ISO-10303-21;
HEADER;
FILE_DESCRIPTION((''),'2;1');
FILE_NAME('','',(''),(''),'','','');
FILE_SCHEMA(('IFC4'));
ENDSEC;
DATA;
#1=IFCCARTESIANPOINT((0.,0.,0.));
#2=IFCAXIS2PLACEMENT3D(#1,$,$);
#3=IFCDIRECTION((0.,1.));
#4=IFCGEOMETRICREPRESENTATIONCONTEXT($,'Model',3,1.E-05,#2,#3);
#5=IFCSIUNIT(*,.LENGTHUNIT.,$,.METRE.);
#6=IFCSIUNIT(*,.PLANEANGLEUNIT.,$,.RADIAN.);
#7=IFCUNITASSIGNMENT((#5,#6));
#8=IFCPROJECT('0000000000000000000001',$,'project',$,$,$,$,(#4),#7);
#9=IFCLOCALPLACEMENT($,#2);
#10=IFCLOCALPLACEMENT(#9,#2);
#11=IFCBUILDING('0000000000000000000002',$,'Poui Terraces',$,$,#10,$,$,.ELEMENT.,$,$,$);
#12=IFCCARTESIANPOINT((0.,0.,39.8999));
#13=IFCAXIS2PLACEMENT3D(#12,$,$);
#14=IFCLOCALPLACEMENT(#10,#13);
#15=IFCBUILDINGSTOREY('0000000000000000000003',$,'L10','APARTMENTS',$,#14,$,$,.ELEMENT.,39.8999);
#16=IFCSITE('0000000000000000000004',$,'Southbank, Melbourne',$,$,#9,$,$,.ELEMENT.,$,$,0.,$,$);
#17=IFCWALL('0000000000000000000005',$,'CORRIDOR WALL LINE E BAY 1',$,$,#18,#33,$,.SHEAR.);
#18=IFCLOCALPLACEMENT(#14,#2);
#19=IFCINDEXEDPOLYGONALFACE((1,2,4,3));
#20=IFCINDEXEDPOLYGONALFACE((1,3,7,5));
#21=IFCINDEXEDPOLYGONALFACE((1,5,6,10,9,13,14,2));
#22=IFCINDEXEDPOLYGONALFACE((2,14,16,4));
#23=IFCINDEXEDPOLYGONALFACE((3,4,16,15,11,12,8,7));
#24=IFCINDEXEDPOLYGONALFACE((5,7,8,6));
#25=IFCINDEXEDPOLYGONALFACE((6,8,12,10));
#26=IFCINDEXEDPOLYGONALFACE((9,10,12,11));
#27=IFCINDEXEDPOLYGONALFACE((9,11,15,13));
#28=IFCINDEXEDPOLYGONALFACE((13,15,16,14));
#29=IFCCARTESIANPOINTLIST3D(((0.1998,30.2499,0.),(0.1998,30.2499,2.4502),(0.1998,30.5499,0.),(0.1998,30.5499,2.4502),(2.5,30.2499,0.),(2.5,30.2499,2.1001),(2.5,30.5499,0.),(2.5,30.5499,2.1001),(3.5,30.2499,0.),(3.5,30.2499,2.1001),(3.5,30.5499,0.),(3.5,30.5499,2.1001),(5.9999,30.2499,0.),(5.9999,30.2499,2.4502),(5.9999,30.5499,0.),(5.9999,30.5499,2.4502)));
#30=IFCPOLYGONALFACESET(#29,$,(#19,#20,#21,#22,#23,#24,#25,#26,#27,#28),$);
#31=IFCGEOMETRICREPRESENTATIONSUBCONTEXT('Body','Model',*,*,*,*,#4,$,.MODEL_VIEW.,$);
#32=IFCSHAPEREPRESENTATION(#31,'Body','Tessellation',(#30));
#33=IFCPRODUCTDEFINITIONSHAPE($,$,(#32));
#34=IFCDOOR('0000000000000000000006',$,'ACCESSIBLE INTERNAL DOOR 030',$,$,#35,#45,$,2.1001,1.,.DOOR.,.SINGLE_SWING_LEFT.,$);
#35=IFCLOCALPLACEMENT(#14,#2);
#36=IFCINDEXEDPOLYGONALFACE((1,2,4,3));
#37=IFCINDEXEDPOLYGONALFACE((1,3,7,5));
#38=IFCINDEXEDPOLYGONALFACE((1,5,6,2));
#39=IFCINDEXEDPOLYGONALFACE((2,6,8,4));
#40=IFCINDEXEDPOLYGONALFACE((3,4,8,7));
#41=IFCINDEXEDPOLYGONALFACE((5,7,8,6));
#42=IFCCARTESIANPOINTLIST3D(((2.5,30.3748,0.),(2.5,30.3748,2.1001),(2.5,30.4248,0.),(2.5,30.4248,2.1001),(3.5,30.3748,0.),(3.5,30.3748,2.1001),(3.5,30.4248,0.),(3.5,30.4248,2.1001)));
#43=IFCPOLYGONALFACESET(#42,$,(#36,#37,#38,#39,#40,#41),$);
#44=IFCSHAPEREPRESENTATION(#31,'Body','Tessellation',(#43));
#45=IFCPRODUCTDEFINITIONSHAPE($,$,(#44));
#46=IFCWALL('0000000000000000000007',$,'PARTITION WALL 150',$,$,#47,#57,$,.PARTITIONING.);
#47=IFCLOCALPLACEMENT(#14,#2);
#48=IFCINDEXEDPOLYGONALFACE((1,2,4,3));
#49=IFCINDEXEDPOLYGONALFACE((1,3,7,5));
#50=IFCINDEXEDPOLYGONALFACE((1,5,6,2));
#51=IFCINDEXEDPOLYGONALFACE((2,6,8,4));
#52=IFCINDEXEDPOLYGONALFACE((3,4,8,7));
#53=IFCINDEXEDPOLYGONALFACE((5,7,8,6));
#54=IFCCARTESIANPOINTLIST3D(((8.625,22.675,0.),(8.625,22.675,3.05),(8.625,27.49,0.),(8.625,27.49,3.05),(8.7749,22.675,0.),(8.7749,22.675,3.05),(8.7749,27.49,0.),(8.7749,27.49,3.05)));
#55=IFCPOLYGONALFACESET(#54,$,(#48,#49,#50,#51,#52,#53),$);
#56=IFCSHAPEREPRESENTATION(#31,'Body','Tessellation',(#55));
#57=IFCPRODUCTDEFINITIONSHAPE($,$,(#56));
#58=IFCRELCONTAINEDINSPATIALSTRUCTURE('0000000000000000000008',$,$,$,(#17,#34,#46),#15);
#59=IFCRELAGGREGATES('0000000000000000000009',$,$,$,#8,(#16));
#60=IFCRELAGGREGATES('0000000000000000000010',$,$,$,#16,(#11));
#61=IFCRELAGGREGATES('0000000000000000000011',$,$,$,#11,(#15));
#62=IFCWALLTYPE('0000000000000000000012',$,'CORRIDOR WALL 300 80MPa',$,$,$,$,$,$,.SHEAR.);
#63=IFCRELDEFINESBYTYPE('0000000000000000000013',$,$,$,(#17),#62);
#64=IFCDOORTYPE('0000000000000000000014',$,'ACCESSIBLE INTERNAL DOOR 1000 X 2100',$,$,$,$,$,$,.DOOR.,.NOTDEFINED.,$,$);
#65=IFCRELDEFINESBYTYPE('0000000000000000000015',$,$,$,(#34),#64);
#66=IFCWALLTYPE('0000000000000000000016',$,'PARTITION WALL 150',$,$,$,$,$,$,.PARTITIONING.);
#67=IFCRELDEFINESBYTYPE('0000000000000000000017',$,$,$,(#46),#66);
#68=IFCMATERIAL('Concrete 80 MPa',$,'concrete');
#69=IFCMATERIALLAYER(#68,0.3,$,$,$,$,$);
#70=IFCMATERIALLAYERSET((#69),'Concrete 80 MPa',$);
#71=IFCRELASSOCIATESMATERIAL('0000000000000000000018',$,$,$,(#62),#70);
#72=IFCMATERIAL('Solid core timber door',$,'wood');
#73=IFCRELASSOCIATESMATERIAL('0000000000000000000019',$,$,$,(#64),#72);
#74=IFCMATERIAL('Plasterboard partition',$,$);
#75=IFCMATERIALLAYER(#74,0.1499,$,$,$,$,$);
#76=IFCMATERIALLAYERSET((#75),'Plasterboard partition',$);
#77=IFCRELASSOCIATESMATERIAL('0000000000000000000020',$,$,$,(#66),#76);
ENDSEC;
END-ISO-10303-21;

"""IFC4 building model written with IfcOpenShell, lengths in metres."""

from ifc_helpers import new_model, si_unit, direction, frame, frame_2d, origin, place, context, subcontext, project, spatial, rectangle, extrude, material, layer, layer_set, type_object, element, fill, save


model = new_model("IFC4")

# Units and contexts
model_context = context("Model", 3, precision=1e-05, world=origin(), true_north=direction((0.0, 1.0)))
body_context = subcontext(model_context, "Body", "Model", "MODEL_VIEW")
ifc_project = project(units=[si_unit("LENGTHUNIT", "METRE"), si_unit("PLANEANGLEUNIT", "RADIAN")], contexts=[model_context])

# Site, building, storey
site_placement = place(None, origin())
site = spatial("IfcSite", under=ifc_project, at=site_placement, Name="Southbank, Melbourne", CompositionType="ELEMENT", RefElevation=0.0)
building_placement = place(site_placement, origin())
building = spatial("IfcBuilding", under=site, at=building_placement, Name="Poui Terraces", CompositionType="ELEMENT")
storey_placement = place(building_placement, frame((0.0, 0.0, 39.8999)))
storey = spatial("IfcBuildingStorey", under=building, at=storey_placement, Name="L10", Description="APARTMENTS", CompositionType="ELEMENT", Elevation=39.8999)

# Wall, opening, door
ifc_material_1 = material(Name="Concrete 80 MPa", Category="concrete")
ifc_layer_1 = layer(ifc_material_1, 0.3)
ifc_layer_set_1 = layer_set([ifc_layer_1], Name="Concrete 80 MPa")
wall_type_1 = type_object("IfcWallType", Name="CORRIDOR WALL 300 80MPa", PredefinedType="SHEAR", material=ifc_layer_set_1)
wall_1_placement = place(storey_placement, frame((0.2, 30.3999, 0.0), z_axis=(0.0, 0.0, 1.0), x_axis=(1.0, 0.0, 0.0)))
wall_1 = element("IfcWall", 1, at=wall_1_placement, inside=storey, type_object=wall_type_1, Name="CORRIDOR WALL LINE E BAY 1", PredefinedType="SHEAR", context=body_context, shape_type="SweptSolid", body=[
    extrude(rectangle(XDim=5.8, YDim=0.3, at=frame_2d((2.8999, 0.0))), origin(), (0.0, 0.0, 1.0), 2.4502),
])
opening_1_placement = place(wall_1_placement, frame((2.3, 0.0, 0.0)))
opening_1 = element("IfcOpeningElement", 2, at=opening_1_placement, cuts=wall_1, PredefinedType="OPENING", context=body_context, shape_type="SweptSolid", body=[
    extrude(rectangle(XDim=1.0, YDim=2.1001, at=frame_2d((0.5, 1.05))), frame((0.0, 0.1602, 0.0), z_axis=(0.0, -1.0, 0.0), x_axis=(1.0, 0.0, 0.0)), (0.0, 0.0, 1.0), 0.3201),
])
ifc_material_2 = material(Name="Solid core timber door", Category="wood")
door_type_1 = type_object("IfcDoorType", Name="ACCESSIBLE INTERNAL DOOR 1000 X 2100", OperationType="NOTDEFINED", PredefinedType="DOOR", material=ifc_material_2)
door_1_placement = place(opening_1_placement, origin())
door_1 = element("IfcDoor", 3, at=door_1_placement, inside=storey, type_object=door_type_1, Name="ACCESSIBLE INTERNAL DOOR 030", OperationType="SINGLE_SWING_LEFT", OverallHeight=2.1001, OverallWidth=1.0, PredefinedType="DOOR", context=body_context, shape_type="SweptSolid", body=[
    extrude(rectangle(XDim=1.0, YDim=2.1001, at=frame_2d((0.5, 1.05))), frame((0.0, 0.0249, 0.0), z_axis=(0.0, -1.0, 0.0), x_axis=(1.0, 0.0, 0.0)), (0.0, 0.0, 1.0), 0.05),
])
fill(opening_1, door_1)

# Wall
ifc_material_3 = material(Name="Plasterboard partition")
ifc_layer_2 = layer(ifc_material_3, 0.1499)
ifc_layer_set_2 = layer_set([ifc_layer_2], Name="Plasterboard partition")
wall_type_2 = type_object("IfcWallType", Name="PARTITION WALL 150", PredefinedType="PARTITIONING", material=ifc_layer_set_2)
wall_2_placement = place(storey_placement, frame((8.7, 22.675, 0.0), z_axis=(0.0, 0.0, 1.0), x_axis=(0.0, 1.0, 0.0)))
element("IfcWall", 4, at=wall_2_placement, inside=storey, type_object=wall_type_2, Name="PARTITION WALL 150", PredefinedType="PARTITIONING", context=body_context, shape_type="SweptSolid", body=[
    extrude(rectangle(XDim=4.8149, YDim=0.1499, at=frame_2d((2.4075, 0.0))), origin(), (0.0, 0.0, 1.0), 3.05),
])

save(model, "model.ifc")
